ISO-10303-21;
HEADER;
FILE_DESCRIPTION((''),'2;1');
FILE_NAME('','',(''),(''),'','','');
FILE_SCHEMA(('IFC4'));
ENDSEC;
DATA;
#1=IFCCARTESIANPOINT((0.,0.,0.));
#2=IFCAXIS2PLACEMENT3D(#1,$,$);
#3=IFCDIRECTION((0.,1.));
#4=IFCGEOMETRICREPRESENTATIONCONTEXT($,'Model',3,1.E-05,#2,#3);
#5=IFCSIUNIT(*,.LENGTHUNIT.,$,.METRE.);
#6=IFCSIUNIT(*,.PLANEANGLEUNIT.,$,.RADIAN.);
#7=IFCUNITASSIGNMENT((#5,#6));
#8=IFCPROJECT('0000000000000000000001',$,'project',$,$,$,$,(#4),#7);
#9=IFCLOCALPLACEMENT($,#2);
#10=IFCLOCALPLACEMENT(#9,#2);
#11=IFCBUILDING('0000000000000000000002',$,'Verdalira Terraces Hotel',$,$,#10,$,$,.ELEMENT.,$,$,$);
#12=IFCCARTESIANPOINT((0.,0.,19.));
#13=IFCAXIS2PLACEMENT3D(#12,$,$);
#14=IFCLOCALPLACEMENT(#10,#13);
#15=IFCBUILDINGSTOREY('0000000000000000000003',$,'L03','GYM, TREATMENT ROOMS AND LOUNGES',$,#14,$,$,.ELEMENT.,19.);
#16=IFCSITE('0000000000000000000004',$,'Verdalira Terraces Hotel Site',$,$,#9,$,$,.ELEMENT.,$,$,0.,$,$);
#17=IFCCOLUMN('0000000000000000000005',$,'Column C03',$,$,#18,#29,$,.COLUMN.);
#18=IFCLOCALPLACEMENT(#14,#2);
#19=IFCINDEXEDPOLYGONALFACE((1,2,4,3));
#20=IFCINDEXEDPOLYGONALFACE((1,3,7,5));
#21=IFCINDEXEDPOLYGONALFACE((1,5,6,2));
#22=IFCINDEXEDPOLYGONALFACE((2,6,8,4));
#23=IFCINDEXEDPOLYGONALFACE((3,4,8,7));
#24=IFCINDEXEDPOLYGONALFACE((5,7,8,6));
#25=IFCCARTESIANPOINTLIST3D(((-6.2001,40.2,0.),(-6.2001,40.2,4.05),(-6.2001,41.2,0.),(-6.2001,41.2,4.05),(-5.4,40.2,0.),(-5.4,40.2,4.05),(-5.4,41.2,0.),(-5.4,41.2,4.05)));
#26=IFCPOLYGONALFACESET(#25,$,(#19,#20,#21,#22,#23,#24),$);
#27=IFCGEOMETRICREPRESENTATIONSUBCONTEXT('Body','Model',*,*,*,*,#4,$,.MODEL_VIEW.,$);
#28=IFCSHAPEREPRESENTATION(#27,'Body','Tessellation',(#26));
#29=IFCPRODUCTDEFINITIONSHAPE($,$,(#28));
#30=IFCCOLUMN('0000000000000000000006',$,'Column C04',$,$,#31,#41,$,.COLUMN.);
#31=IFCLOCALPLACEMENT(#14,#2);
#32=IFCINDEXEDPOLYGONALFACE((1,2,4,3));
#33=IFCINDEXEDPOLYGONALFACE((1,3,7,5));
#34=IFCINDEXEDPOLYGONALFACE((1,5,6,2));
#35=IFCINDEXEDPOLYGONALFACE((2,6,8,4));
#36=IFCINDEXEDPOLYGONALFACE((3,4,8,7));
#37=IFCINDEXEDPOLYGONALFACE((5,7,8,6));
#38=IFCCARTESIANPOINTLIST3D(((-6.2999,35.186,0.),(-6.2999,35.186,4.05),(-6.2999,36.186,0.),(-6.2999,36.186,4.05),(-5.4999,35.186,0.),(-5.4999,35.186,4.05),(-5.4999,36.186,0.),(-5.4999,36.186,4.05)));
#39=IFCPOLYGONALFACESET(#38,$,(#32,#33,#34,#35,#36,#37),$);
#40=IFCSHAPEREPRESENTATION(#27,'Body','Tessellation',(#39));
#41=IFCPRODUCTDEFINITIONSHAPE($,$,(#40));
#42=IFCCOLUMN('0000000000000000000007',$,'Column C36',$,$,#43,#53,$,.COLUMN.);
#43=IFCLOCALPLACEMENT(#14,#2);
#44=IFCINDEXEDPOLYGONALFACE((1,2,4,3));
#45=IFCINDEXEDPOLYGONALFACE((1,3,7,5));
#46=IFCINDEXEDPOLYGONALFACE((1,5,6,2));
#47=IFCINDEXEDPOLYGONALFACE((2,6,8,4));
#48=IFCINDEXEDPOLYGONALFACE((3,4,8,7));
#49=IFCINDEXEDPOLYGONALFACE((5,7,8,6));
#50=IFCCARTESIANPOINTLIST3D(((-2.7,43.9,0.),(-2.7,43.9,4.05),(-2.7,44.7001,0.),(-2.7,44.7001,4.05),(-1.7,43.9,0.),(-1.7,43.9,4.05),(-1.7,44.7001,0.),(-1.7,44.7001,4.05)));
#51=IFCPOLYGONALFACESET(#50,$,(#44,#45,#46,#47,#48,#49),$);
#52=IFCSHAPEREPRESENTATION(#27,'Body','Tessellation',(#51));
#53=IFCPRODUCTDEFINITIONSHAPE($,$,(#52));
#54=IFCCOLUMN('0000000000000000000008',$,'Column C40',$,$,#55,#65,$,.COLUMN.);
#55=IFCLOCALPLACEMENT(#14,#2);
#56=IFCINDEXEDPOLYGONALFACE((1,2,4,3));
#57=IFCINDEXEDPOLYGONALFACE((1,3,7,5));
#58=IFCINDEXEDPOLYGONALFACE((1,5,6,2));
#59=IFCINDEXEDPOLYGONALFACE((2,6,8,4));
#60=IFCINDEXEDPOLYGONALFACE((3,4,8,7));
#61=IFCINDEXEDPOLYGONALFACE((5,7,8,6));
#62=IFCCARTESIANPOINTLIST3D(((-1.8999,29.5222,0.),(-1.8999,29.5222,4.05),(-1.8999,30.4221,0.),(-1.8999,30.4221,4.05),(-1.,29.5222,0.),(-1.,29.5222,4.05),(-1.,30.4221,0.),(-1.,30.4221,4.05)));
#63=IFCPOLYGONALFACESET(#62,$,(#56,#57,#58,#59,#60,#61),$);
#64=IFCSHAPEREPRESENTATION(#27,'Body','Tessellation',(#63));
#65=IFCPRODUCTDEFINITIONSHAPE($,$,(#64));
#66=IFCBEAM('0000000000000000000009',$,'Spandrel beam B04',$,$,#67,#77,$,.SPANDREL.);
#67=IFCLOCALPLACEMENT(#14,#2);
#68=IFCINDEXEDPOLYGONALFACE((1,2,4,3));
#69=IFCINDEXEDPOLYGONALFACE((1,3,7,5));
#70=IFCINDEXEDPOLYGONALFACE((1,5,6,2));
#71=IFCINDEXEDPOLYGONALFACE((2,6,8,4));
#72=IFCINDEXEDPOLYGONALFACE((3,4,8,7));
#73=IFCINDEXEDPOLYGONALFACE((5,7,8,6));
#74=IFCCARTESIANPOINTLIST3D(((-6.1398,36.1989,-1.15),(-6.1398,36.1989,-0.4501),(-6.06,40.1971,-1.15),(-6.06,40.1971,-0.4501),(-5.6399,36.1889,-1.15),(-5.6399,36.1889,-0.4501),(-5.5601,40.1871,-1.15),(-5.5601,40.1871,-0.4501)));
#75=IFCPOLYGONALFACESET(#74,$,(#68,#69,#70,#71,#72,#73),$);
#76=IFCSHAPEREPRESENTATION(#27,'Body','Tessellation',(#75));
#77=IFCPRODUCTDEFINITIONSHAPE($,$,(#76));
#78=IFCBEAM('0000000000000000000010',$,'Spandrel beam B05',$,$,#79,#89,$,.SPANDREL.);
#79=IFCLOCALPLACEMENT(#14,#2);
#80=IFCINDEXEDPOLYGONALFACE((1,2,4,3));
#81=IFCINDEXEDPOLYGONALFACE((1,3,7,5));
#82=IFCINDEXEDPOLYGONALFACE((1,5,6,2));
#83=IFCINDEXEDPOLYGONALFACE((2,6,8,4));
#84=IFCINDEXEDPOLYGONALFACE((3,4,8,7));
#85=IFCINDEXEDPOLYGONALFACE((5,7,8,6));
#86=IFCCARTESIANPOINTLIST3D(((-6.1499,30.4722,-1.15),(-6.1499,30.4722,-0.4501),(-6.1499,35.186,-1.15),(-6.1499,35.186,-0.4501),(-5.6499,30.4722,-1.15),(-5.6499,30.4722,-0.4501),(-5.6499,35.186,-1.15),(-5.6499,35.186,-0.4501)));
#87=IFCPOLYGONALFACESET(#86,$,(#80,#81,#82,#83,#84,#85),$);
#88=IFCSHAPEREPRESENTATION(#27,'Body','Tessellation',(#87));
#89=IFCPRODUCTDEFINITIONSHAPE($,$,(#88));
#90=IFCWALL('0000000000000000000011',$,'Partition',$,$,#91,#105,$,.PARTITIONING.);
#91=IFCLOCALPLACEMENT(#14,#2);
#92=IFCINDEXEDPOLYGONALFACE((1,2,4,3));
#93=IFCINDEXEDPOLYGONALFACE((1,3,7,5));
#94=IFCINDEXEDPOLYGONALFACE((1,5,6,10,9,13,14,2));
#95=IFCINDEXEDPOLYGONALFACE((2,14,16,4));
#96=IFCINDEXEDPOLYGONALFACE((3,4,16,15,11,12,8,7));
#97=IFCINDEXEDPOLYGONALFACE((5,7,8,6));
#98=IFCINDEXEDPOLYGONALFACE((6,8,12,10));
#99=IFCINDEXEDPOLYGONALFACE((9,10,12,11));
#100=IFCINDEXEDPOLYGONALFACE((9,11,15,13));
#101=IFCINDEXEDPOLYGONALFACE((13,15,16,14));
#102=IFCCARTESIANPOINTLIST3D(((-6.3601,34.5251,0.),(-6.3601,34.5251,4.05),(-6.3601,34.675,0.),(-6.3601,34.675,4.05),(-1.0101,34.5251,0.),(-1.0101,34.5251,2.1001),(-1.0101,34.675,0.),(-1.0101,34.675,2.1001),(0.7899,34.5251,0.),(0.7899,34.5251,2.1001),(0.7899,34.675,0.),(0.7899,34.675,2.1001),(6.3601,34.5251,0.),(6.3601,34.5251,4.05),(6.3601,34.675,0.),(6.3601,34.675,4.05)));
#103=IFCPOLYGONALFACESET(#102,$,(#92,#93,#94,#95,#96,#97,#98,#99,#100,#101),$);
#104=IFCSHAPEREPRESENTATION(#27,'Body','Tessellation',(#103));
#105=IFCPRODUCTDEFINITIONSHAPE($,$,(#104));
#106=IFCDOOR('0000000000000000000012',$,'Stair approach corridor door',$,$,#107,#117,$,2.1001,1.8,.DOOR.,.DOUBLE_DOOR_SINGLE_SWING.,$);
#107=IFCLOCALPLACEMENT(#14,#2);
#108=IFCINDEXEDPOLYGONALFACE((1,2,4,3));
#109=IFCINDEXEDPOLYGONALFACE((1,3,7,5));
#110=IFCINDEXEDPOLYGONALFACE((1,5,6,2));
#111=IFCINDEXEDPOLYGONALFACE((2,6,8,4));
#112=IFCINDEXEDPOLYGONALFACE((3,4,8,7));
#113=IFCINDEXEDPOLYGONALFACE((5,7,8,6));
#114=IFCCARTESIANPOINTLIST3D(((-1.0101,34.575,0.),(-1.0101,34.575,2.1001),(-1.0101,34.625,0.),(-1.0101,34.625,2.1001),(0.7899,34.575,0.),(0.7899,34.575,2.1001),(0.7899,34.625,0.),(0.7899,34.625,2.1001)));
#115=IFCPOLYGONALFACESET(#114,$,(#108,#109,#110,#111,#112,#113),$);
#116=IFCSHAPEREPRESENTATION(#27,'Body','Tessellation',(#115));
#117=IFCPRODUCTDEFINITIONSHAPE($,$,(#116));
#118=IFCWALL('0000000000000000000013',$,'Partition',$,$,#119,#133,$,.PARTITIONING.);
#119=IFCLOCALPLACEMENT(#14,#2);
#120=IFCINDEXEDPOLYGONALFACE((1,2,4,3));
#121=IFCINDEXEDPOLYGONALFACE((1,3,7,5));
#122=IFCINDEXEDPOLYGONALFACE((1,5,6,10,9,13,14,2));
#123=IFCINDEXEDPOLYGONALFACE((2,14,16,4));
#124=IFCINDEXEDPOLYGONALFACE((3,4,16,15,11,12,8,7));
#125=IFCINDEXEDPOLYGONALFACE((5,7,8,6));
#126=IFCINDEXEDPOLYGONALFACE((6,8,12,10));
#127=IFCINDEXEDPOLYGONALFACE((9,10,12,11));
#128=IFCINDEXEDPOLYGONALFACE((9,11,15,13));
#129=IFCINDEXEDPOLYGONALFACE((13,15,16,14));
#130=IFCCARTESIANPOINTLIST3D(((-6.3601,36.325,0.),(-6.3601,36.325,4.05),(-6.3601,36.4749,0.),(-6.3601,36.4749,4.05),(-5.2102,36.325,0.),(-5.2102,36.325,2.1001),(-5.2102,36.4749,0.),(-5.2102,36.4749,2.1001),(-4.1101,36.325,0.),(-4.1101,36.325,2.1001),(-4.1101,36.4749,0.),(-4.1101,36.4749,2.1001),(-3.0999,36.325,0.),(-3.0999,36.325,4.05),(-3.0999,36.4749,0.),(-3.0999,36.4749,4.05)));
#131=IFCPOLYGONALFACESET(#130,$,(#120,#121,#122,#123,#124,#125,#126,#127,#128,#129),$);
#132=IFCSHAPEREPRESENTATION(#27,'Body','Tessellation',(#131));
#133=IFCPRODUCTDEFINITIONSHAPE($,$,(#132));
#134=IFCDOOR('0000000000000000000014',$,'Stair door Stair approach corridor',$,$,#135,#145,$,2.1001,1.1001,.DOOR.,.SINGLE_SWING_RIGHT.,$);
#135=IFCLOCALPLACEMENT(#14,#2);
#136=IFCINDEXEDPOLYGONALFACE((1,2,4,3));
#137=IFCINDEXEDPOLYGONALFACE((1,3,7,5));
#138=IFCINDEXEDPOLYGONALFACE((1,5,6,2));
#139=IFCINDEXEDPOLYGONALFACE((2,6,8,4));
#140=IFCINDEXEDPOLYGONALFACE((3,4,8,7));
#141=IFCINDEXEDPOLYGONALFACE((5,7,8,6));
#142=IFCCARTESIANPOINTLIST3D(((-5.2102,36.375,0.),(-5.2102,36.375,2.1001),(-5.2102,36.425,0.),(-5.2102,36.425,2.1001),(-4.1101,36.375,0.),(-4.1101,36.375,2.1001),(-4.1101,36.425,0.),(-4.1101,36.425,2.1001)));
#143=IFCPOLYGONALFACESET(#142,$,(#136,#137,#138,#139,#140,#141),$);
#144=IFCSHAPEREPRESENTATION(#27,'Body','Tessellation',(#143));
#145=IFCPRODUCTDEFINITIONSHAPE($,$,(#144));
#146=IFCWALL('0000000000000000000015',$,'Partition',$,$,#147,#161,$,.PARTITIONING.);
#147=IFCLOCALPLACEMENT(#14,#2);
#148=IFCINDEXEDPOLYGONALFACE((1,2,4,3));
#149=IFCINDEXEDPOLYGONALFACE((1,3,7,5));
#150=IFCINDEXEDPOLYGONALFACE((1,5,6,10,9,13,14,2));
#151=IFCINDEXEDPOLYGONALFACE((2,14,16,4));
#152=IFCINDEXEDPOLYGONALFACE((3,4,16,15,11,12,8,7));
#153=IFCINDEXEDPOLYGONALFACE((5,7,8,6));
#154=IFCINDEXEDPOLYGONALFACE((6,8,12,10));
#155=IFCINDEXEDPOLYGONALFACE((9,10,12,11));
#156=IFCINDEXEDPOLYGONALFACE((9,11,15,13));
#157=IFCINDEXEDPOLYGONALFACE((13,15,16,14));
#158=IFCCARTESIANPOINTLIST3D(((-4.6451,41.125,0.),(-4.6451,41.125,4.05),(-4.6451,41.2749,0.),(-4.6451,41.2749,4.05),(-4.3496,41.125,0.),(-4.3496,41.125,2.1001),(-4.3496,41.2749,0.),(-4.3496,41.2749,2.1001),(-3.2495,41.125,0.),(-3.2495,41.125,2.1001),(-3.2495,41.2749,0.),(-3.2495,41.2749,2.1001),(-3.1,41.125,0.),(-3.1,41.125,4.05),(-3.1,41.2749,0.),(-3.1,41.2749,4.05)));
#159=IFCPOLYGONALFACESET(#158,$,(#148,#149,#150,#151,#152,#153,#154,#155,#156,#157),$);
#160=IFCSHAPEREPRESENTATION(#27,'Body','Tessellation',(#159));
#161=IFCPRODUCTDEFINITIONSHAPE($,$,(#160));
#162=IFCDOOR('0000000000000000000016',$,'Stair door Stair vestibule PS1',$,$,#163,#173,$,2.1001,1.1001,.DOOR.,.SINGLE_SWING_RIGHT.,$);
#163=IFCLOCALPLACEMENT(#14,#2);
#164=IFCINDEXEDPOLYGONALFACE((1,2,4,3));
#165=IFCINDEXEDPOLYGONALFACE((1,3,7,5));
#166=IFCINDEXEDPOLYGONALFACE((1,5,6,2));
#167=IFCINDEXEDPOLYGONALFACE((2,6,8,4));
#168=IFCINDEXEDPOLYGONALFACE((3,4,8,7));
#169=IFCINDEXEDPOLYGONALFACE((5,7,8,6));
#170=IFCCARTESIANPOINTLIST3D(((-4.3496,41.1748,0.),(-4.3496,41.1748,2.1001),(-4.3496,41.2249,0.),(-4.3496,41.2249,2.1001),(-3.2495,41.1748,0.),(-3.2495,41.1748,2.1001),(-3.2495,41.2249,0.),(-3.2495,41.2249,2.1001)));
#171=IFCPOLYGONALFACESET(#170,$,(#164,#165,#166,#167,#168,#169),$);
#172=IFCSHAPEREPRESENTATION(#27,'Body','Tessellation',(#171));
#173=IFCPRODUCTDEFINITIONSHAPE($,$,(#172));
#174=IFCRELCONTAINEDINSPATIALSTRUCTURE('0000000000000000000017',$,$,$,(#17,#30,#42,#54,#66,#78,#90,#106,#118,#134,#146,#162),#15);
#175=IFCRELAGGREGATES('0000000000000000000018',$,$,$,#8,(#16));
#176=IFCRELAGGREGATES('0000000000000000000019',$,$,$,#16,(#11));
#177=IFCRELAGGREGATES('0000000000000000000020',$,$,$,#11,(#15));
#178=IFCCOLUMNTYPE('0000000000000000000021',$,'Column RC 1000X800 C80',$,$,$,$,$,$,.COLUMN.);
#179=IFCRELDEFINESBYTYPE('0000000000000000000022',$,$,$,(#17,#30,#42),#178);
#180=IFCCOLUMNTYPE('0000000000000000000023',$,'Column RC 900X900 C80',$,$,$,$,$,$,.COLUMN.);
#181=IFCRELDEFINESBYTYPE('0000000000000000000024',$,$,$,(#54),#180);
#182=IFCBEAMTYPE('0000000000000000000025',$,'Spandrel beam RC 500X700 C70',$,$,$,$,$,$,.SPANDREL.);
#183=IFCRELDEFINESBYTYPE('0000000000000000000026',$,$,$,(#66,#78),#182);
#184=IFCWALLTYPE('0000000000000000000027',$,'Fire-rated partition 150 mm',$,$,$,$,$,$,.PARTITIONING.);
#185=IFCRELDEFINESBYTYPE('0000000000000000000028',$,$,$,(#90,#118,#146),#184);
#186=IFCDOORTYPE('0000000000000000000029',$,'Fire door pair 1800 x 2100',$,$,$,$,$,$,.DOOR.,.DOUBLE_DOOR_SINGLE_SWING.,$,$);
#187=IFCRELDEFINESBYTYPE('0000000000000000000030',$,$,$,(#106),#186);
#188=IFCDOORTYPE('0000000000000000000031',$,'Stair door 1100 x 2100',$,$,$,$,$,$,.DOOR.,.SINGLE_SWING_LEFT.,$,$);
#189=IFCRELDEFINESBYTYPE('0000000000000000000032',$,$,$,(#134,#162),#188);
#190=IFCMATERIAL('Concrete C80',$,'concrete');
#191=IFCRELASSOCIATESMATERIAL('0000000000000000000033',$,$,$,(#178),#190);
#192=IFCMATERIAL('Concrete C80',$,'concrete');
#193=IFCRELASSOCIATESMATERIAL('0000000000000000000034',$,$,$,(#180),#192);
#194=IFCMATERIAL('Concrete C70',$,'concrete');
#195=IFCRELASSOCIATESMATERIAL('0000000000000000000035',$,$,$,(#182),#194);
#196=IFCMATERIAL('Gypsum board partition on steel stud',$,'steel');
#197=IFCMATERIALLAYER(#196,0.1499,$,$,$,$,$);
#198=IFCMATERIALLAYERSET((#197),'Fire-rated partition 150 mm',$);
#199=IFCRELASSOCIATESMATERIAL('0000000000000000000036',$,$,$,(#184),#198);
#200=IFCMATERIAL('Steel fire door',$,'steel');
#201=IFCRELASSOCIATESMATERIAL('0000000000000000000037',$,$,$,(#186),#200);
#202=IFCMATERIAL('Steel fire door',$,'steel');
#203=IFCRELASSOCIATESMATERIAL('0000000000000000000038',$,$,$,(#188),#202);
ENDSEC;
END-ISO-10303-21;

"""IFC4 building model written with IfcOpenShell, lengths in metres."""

from ifc_helpers import new_model, si_unit, direction, frame, frame_2d, origin, origin_2d, place, context, subcontext, project, spatial, rectangle, extrude, material, layer, layer_set, material_profile, profile_set, type_object, element, fill, save


model = new_model("IFC4")

# Units and contexts
model_context = context("Model", 3, precision=1e-05, world=origin(), true_north=direction((0.0, 1.0)))
body_context = subcontext(model_context, "Body", "Model", "MODEL_VIEW")
ifc_project = project(units=[si_unit("LENGTHUNIT", "METRE"), si_unit("PLANEANGLEUNIT", "RADIAN")], contexts=[model_context])

# Site, building, storey
site_placement = place(None, origin())
site = spatial("IfcSite", under=ifc_project, at=site_placement, Name="Verdalira Terraces Hotel Site", CompositionType="ELEMENT", RefElevation=0.0)
building_placement = place(site_placement, origin())
building = spatial("IfcBuilding", under=site, at=building_placement, Name="Verdalira Terraces Hotel", CompositionType="ELEMENT")
storey_placement = place(building_placement, frame((0.0, 0.0, 19.0)))
storey = spatial("IfcBuildingStorey", under=building, at=storey_placement, Name="L03", Description="GYM, TREATMENT ROOMS AND LOUNGES", CompositionType="ELEMENT", Elevation=19.0)

# Columns
ifc_material_1 = material(Name="Concrete C80", Category="concrete")
ifc_material_profile_1 = material_profile(ifc_material_1, rectangle(XDim=1.0, YDim=0.8, at=origin_2d()), Name="RC 1000X800")
ifc_profile_set_1 = profile_set([ifc_material_profile_1], Name="Concrete C80")
column_type_1 = type_object("IfcColumnType", Name="Column RC 1000X800 C80", PredefinedType="COLUMN", material=ifc_profile_set_1)
for number, where, z_axis, x_axis, name in (
    (1, (-5.8, 40.7, 0.0), (0.0, 0.0, 1.0), (0.0, -1.0, 0.0), "Column C03"),
    (2, (-5.8999, 35.686, 0.0), (0.0, 0.0, 1.0), (0.0, -1.0, 0.0), "Column C04"),
    (3, (-2.2, 44.3, 0.0), (0.0, 0.0, 1.0), (-1.0, 0.0, 0.0), "Column C36"),
):
    element("IfcColumn", number, at=place(storey_placement, frame(where, z_axis=z_axis, x_axis=x_axis)), inside=storey, type_object=column_type_1, Name=name, PredefinedType="COLUMN", context=body_context, shape_type="SweptSolid", body=[
        extrude(rectangle(XDim=1.0, YDim=0.8, at=origin_2d()), origin(), (0.0, 0.0, 1.0), 4.05),
    ])
ifc_material_2 = material(Name="Concrete C80", Category="concrete")
ifc_material_profile_2 = material_profile(ifc_material_2, rectangle(XDim=0.8999, YDim=0.8999, at=origin_2d()), Name="RC 900X900")
ifc_profile_set_2 = profile_set([ifc_material_profile_2], Name="Concrete C80")
column_type_2 = type_object("IfcColumnType", Name="Column RC 900X900 C80", PredefinedType="COLUMN", material=ifc_profile_set_2)
column_placement = place(storey_placement, frame((-1.45, 29.9722, 0.0), z_axis=(0.0, 0.0, 1.0), x_axis=(0.0, 1.0, 0.0)))
element("IfcColumn", 4, at=column_placement, inside=storey, type_object=column_type_2, Name="Column C40", PredefinedType="COLUMN", context=body_context, shape_type="SweptSolid", body=[
    extrude(rectangle(XDim=0.8999, YDim=0.8999, at=origin_2d()), origin(), (0.0, 0.0, 1.0), 4.05),
])

# Beams
ifc_material_3 = material(Name="Concrete C70", Category="concrete")
ifc_material_profile_3 = material_profile(ifc_material_3, rectangle(XDim=0.5, YDim=0.7, at=origin_2d()), Name="RC 500X700")
ifc_profile_set_3 = profile_set([ifc_material_profile_3], Name="Concrete C70")
beam_type = type_object("IfcBeamType", Name="Spandrel beam RC 500X700 C70", PredefinedType="SPANDREL", material=ifc_profile_set_3)
beam_1_placement = place(storey_placement, frame((-5.8101, 40.1921, -0.8), z_axis=(-0.019963, -0.999801, 0.0), x_axis=(0.999801, -0.019963, 0.0)))
element("IfcBeam", 5, at=beam_1_placement, inside=storey, type_object=beam_type, Name="Spandrel beam B04", PredefinedType="SPANDREL", context=body_context, shape_type="SweptSolid", body=[
    extrude(rectangle(XDim=0.5, YDim=0.7, at=origin_2d()), origin(), (0.0, 0.0, 1.0), 3.999),
])
beam_2_placement = place(storey_placement, frame((-5.8999, 35.186, -0.8), z_axis=(0.0, -1.0, 0.0), x_axis=(1.0, 0.0, 0.0)))
element("IfcBeam", 6, at=beam_2_placement, inside=storey, type_object=beam_type, Name="Spandrel beam B05", PredefinedType="SPANDREL", context=body_context, shape_type="SweptSolid", body=[
    extrude(rectangle(XDim=0.5, YDim=0.7, at=origin_2d()), origin(), (0.0, 0.0, 1.0), 4.7139),
])

# Walls, openings, doors
ifc_material_4 = material(Name="Gypsum board partition on steel stud", Category="steel")
ifc_layer_1 = layer(ifc_material_4, 0.1499)
ifc_layer_set_1 = layer_set([ifc_layer_1], Name="Fire-rated partition 150 mm")
wall_type_1 = type_object("IfcWallType", Name="Fire-rated partition 150 mm", PredefinedType="PARTITIONING", material=ifc_layer_set_1)
wall_1_placement = place(storey_placement, frame((-6.3601, 34.6001, 0.0), z_axis=(0.0, 0.0, 1.0), x_axis=(1.0, 0.0, 0.0)))
wall_1 = element("IfcWall", 7, at=wall_1_placement, inside=storey, type_object=wall_type_1, Name="Partition", PredefinedType="PARTITIONING", context=body_context, shape_type="SweptSolid", body=[
    extrude(rectangle(XDim=12.7202, YDim=0.1499, at=frame_2d((6.3601, 0.0))), origin(), (0.0, 0.0, 1.0), 4.05),
])
opening_1_placement = place(wall_1_placement, frame((5.3501, 0.0, 0.0)))
opening_1 = element("IfcOpeningElement", 8, at=opening_1_placement, cuts=wall_1, PredefinedType="OPENING", context=body_context, shape_type="SweptSolid", body=[
    extrude(rectangle(XDim=1.8, YDim=2.1001, at=frame_2d((0.8999, 1.05))), frame((0.0, 0.085, 0.0), z_axis=(0.0, -1.0, 0.0), x_axis=(1.0, 0.0, 0.0)), (0.0, 0.0, 1.0), 0.1699),
])
ifc_material_5 = material(Name="Steel fire door", Category="steel")
door_type_1 = type_object("IfcDoorType", Name="Fire door pair 1800 x 2100", OperationType="DOUBLE_DOOR_SINGLE_SWING", PredefinedType="DOOR", material=ifc_material_5)
door_1_placement = place(opening_1_placement, origin())
door_1 = element("IfcDoor", 9, at=door_1_placement, inside=storey, type_object=door_type_1, Name="Stair approach corridor door", OperationType="DOUBLE_DOOR_SINGLE_SWING", OverallHeight=2.1001, OverallWidth=1.8, PredefinedType="DOOR", context=body_context, shape_type="SweptSolid", body=[
    extrude(rectangle(XDim=1.8, YDim=2.1001, at=frame_2d((0.8999, 1.05))), frame((0.0, 0.0249, 0.0), z_axis=(0.0, -1.0, 0.0), x_axis=(1.0, 0.0, 0.0)), (0.0, 0.0, 1.0), 0.05),
])
fill(opening_1, door_1)
wall_2_placement = place(storey_placement, frame((-3.0999, 36.3999, 0.0), z_axis=(0.0, 0.0, 1.0), x_axis=(-1.0, 0.0, 0.0)))
wall_2 = element("IfcWall", 10, at=wall_2_placement, inside=storey, type_object=wall_type_1, Name="Partition", PredefinedType="PARTITIONING", context=body_context, shape_type="SweptSolid", body=[
    extrude(rectangle(XDim=3.2603, YDim=0.1499, at=frame_2d((1.6301, 0.0))), origin(), (0.0, 0.0, 1.0), 4.05),
])
opening_2_placement = place(wall_2_placement, frame((1.0103, 0.0, 0.0)))
opening_2 = element("IfcOpeningElement", 11, at=opening_2_placement, cuts=wall_2, PredefinedType="OPENING", context=body_context, shape_type="SweptSolid", body=[
    extrude(rectangle(XDim=1.1001, YDim=2.1001, at=frame_2d((0.55, 1.05))), frame((0.0, 0.085, 0.0), z_axis=(0.0, -1.0, 0.0), x_axis=(1.0, 0.0, 0.0)), (0.0, 0.0, 1.0), 0.1699),
])
ifc_material_6 = material(Name="Steel fire door", Category="steel")
door_type_2 = type_object("IfcDoorType", Name="Stair door 1100 x 2100", OperationType="SINGLE_SWING_LEFT", PredefinedType="DOOR", material=ifc_material_6)
door_2_placement = place(opening_2_placement, origin())
door_2 = element("IfcDoor", 12, at=door_2_placement, inside=storey, type_object=door_type_2, Name="Stair door Stair approach corridor", OperationType="SINGLE_SWING_RIGHT", OverallHeight=2.1001, OverallWidth=1.1001, PredefinedType="DOOR", context=body_context, shape_type="SweptSolid", body=[
    extrude(rectangle(XDim=1.1001, YDim=2.1001, at=frame_2d((0.55, 1.05))), frame((0.0, 0.0249, 0.0), z_axis=(0.0, -1.0, 0.0), x_axis=(1.0, 0.0, 0.0)), (0.0, 0.0, 1.0), 0.05),
])
fill(opening_2, door_2)
wall_3_placement = place(storey_placement, frame((-4.645, 41.2, 0.0), z_axis=(0.0, 0.0, 1.0), x_axis=(1.0, 0.0, 0.0)))
wall_3 = element("IfcWall", 13, at=wall_3_placement, inside=storey, type_object=wall_type_1, Name="Partition", PredefinedType="PARTITIONING", context=body_context, shape_type="SweptSolid", body=[
    extrude(rectangle(XDim=1.5452, YDim=0.1499, at=frame_2d((0.7725, 0.0))), origin(), (0.0, 0.0, 1.0), 4.05),
])
opening_3_placement = place(wall_3_placement, frame((0.2954, 0.0, 0.0)))
opening_3 = element("IfcOpeningElement", 14, at=opening_3_placement, cuts=wall_3, PredefinedType="OPENING", context=body_context, shape_type="SweptSolid", body=[
    extrude(rectangle(XDim=1.1001, YDim=2.1001, at=frame_2d((0.55, 1.05))), frame((0.0, 0.085, 0.0), z_axis=(0.0, -1.0, 0.0), x_axis=(1.0, 0.0, 0.0)), (0.0, 0.0, 1.0), 0.1699),
])
door_3_placement = place(opening_3_placement, origin())
door_3 = element("IfcDoor", 15, at=door_3_placement, inside=storey, type_object=door_type_2, Name="Stair door Stair vestibule PS1", OperationType="SINGLE_SWING_RIGHT", OverallHeight=2.1001, OverallWidth=1.1001, PredefinedType="DOOR", context=body_context, shape_type="SweptSolid", body=[
    extrude(rectangle(XDim=1.1001, YDim=2.1001, at=frame_2d((0.55, 1.05))), frame((0.0, 0.0249, 0.0), z_axis=(0.0, -1.0, 0.0), x_axis=(1.0, 0.0, 0.0)), (0.0, 0.0, 1.0), 0.05),
])
fill(opening_3, door_3)

save(model, "model.ifc")
